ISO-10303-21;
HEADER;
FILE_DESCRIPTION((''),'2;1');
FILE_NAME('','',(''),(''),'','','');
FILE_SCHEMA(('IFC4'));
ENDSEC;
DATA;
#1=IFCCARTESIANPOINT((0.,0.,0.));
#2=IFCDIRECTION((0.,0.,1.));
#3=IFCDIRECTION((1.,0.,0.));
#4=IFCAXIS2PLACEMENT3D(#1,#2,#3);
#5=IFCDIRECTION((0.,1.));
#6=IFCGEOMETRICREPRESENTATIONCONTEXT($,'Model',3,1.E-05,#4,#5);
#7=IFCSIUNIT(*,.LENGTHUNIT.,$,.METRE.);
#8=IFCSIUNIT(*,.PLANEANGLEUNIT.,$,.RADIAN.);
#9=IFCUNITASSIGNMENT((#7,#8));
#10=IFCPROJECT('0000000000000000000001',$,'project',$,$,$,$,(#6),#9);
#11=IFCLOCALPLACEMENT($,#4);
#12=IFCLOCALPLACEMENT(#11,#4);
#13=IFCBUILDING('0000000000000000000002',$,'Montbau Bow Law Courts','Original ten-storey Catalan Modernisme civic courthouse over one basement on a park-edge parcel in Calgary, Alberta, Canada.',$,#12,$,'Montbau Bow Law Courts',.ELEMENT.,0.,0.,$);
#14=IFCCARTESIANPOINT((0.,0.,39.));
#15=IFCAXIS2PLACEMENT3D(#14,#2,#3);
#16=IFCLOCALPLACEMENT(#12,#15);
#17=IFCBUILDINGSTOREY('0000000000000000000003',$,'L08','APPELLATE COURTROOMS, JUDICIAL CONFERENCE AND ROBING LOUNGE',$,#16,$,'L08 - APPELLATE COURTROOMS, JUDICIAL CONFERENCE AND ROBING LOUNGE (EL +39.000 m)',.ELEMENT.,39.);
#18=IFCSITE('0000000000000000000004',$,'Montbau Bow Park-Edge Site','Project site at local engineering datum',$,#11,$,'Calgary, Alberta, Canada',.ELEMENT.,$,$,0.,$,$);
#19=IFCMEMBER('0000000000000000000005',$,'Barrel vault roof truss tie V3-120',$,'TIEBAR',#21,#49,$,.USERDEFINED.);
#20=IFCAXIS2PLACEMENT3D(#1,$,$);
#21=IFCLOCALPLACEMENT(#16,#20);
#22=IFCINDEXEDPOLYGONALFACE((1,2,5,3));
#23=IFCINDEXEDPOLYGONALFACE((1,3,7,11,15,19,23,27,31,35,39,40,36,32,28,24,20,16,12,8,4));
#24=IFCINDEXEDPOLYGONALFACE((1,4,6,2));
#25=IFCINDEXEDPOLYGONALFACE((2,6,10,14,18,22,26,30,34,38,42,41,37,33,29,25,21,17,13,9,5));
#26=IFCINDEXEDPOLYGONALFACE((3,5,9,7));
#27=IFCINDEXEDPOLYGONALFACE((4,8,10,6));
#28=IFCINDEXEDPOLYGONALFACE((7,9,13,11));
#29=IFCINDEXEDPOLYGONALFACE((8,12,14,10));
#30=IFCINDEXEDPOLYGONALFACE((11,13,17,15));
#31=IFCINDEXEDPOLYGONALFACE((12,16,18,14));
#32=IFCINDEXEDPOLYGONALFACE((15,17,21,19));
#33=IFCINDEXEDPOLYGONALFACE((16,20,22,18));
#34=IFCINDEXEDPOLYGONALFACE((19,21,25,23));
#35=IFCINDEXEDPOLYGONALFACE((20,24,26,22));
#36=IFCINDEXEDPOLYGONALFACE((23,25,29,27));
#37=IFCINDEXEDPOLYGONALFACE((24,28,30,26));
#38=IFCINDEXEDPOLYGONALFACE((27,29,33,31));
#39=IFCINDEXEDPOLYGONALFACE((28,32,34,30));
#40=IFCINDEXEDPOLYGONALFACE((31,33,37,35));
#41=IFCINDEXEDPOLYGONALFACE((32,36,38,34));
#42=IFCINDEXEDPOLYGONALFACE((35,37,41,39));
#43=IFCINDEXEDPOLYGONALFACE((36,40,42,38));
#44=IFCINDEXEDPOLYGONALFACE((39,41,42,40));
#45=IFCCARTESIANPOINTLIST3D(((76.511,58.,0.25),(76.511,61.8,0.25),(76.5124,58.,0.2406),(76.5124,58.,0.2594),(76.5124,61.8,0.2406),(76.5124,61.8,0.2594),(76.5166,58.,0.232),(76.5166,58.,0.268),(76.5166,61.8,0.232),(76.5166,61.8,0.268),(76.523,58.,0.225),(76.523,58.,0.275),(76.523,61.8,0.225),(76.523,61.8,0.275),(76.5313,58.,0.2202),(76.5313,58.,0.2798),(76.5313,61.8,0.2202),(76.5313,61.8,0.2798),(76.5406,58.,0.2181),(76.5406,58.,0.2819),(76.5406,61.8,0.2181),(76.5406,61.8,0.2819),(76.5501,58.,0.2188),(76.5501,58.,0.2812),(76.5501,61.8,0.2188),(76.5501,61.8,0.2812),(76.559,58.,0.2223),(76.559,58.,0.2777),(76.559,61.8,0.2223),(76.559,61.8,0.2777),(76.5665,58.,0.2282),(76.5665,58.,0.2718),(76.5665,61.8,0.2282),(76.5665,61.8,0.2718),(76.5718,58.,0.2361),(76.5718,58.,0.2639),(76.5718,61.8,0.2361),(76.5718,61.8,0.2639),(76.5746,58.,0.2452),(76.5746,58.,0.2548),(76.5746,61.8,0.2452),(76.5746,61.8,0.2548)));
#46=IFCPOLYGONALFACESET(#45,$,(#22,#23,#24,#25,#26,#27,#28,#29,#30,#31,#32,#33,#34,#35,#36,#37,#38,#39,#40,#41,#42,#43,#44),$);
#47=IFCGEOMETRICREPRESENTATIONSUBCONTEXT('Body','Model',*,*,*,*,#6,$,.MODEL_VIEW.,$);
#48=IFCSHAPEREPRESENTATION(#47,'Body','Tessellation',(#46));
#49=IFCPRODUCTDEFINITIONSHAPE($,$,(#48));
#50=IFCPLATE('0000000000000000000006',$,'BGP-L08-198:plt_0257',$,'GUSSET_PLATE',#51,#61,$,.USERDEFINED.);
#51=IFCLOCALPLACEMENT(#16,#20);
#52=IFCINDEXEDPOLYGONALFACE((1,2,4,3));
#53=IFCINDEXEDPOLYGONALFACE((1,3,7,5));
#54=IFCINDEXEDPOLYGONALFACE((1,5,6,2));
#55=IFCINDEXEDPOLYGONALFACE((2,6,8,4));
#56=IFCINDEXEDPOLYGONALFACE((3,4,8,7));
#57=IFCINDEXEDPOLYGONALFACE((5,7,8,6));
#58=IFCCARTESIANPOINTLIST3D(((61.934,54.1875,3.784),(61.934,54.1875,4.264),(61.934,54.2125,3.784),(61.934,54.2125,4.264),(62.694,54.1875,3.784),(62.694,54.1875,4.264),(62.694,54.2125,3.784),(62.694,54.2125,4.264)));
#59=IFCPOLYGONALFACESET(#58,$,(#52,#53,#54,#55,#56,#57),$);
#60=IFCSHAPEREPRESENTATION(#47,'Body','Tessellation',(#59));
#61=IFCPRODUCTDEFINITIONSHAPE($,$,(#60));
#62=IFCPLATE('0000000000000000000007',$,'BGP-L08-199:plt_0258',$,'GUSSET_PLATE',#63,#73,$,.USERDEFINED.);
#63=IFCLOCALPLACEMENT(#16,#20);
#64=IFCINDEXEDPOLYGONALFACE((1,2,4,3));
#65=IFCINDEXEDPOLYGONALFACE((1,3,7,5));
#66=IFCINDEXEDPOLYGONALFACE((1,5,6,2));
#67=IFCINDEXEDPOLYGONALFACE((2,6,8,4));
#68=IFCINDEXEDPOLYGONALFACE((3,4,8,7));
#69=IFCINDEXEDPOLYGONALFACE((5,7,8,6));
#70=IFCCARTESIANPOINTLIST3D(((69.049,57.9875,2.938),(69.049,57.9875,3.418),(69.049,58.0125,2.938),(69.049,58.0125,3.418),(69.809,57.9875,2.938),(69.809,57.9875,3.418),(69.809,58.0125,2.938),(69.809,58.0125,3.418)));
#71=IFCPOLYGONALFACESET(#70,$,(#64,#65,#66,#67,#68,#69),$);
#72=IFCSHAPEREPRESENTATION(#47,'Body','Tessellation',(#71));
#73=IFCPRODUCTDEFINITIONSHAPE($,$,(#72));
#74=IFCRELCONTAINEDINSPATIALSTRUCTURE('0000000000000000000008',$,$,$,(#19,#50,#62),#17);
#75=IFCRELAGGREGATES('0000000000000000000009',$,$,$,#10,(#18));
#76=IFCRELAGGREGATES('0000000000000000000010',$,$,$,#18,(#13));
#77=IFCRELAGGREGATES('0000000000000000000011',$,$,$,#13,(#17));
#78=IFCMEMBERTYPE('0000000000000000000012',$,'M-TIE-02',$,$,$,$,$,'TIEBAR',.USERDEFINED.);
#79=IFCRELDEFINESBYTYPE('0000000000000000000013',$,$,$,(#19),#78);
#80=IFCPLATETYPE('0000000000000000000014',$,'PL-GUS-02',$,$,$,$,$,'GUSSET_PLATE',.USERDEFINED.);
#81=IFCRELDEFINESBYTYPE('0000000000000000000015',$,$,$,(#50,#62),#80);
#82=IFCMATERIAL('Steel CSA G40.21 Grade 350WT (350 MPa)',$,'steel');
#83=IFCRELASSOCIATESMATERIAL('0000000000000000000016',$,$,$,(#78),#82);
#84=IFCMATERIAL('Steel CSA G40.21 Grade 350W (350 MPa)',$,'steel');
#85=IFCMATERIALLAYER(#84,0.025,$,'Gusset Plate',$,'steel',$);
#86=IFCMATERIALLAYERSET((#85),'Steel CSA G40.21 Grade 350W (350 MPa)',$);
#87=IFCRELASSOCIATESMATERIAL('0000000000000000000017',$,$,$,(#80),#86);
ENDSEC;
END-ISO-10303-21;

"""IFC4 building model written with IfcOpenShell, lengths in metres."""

from ifc_helpers import new_model, si_unit, direction, frame, origin_with_axes, origin_2d_with_axis, place, context, subcontext, project, spatial, rectangle, circle, extrude, material, layer, layer_set, material_profile, profile_set, type_object, element, save


model = new_model("IFC4")

# Units and contexts
model_context = context("Model", 3, precision=1e-05, world=origin_with_axes(), true_north=direction((0.0, 1.0)))
body_context = subcontext(model_context, "Body", "Model", "MODEL_VIEW")
ifc_project = project(units=[si_unit("LENGTHUNIT", "METRE"), si_unit("PLANEANGLEUNIT", "RADIAN")], contexts=[model_context])

# Site, building, storey
site_placement = place(None, origin_with_axes())
site = spatial("IfcSite", under=ifc_project, at=site_placement, Name="Montbau Bow Park-Edge Site", Description="Project site at local engineering datum", LongName="Calgary, Alberta, Canada", CompositionType="ELEMENT", RefElevation=0.0)
building_placement = place(site_placement, origin_with_axes())
building = spatial("IfcBuilding", under=site, at=building_placement, Name="Montbau Bow Law Courts", Description="Original ten-storey Catalan Modernisme civic courthouse over one basement on a park-edge parcel in Calgary, Alberta, Canada.", LongName="Montbau Bow Law Courts", CompositionType="ELEMENT", ElevationOfRefHeight=0.0, ElevationOfTerrain=0.0)
storey_placement = place(building_placement, frame((0.0, 0.0, 39.0), z_axis=(0.0, 0.0, 1.0), x_axis=(1.0, 0.0, 0.0)))
storey = spatial("IfcBuildingStorey", under=building, at=storey_placement, Name="L08", Description="APPELLATE COURTROOMS, JUDICIAL CONFERENCE AND ROBING LOUNGE", LongName="L08 - APPELLATE COURTROOMS, JUDICIAL CONFERENCE AND ROBING LOUNGE (EL +39.000 m)", CompositionType="ELEMENT", Elevation=39.0)

# Shared definitions
ifc_material_1 = material(Name="Steel CSA G40.21 Grade 350W (350 MPa)", Category="steel")

# Shared definitions
ifc_material_2 = material(Name="Steel CSA G40.21 Grade 350WT (350 MPa)", Category="steel")

# Member
ifc_material_profile_1 = material_profile(ifc_material_2, circle(Radius=0.032, at=origin_2d_with_axis()), Name="ROD64", Category="Main", Priority=0)
ifc_profile_set_1 = profile_set([ifc_material_profile_1], Name="Steel CSA G40.21 Grade 350WT (350 MPa)")
member_type_1 = type_object("IfcMemberType", Name="M-TIE-02", ElementType="TIEBAR", PredefinedType="USERDEFINED", material=ifc_profile_set_1)
for number, where, z_axis, x_axis, name in (
    (1, (76.543, 58.0, 39.25), (0.0, 1.0, 0.0), (-1.0, 0.0, 0.0), "Barrel vault roof truss tie V3-120"),
):
    element("IfcMember", number, at=place(None, frame(where, z_axis=z_axis, x_axis=x_axis)), inside=storey, type_object=member_type_1, Name=name, ObjectType="TIEBAR", PredefinedType="USERDEFINED", context=body_context, shape_type="SweptSolid", body=[
        extrude(circle(Radius=0.032, at=origin_2d_with_axis()), origin_with_axes(), (0.0, 0.0, 1.0), 3.8),
    ])

# Plates
ifc_layer = layer(ifc_material_1, 0.025, Name="Gusset Plate", Category="steel")
ifc_layer_set = layer_set([ifc_layer], Name="Steel CSA G40.21 Grade 350W (350 MPa)")
plate_type = type_object("IfcPlateType", Name="PL-GUS-02", ElementType="GUSSET_PLATE", PredefinedType="USERDEFINED", material=ifc_layer_set)
for number, where, z_axis, x_axis, name in (
    (2, (62.314, 54.2, 42.784), (0.0, 0.0, 1.0), (1.0, 0.0, 0.0), "BGP-L08-198:plt_0257"),
    (3, (69.429, 58.0, 41.938), (0.0, 0.0, 1.0), (1.0, 0.0, 0.0), "BGP-L08-199:plt_0258"),
):
    element("IfcPlate", number, at=place(None, frame(where, z_axis=z_axis, x_axis=x_axis)), inside=storey, type_object=plate_type, Name=name, ObjectType="GUSSET_PLATE", PredefinedType="USERDEFINED", context=body_context, shape_type="SweptSolid", body=[
        extrude(rectangle(XDim=0.76, YDim=0.025, at=origin_2d_with_axis()), origin_with_axes(), (0.0, 0.0, 1.0), 0.48),
    ])

save(model, "model.ifc")
